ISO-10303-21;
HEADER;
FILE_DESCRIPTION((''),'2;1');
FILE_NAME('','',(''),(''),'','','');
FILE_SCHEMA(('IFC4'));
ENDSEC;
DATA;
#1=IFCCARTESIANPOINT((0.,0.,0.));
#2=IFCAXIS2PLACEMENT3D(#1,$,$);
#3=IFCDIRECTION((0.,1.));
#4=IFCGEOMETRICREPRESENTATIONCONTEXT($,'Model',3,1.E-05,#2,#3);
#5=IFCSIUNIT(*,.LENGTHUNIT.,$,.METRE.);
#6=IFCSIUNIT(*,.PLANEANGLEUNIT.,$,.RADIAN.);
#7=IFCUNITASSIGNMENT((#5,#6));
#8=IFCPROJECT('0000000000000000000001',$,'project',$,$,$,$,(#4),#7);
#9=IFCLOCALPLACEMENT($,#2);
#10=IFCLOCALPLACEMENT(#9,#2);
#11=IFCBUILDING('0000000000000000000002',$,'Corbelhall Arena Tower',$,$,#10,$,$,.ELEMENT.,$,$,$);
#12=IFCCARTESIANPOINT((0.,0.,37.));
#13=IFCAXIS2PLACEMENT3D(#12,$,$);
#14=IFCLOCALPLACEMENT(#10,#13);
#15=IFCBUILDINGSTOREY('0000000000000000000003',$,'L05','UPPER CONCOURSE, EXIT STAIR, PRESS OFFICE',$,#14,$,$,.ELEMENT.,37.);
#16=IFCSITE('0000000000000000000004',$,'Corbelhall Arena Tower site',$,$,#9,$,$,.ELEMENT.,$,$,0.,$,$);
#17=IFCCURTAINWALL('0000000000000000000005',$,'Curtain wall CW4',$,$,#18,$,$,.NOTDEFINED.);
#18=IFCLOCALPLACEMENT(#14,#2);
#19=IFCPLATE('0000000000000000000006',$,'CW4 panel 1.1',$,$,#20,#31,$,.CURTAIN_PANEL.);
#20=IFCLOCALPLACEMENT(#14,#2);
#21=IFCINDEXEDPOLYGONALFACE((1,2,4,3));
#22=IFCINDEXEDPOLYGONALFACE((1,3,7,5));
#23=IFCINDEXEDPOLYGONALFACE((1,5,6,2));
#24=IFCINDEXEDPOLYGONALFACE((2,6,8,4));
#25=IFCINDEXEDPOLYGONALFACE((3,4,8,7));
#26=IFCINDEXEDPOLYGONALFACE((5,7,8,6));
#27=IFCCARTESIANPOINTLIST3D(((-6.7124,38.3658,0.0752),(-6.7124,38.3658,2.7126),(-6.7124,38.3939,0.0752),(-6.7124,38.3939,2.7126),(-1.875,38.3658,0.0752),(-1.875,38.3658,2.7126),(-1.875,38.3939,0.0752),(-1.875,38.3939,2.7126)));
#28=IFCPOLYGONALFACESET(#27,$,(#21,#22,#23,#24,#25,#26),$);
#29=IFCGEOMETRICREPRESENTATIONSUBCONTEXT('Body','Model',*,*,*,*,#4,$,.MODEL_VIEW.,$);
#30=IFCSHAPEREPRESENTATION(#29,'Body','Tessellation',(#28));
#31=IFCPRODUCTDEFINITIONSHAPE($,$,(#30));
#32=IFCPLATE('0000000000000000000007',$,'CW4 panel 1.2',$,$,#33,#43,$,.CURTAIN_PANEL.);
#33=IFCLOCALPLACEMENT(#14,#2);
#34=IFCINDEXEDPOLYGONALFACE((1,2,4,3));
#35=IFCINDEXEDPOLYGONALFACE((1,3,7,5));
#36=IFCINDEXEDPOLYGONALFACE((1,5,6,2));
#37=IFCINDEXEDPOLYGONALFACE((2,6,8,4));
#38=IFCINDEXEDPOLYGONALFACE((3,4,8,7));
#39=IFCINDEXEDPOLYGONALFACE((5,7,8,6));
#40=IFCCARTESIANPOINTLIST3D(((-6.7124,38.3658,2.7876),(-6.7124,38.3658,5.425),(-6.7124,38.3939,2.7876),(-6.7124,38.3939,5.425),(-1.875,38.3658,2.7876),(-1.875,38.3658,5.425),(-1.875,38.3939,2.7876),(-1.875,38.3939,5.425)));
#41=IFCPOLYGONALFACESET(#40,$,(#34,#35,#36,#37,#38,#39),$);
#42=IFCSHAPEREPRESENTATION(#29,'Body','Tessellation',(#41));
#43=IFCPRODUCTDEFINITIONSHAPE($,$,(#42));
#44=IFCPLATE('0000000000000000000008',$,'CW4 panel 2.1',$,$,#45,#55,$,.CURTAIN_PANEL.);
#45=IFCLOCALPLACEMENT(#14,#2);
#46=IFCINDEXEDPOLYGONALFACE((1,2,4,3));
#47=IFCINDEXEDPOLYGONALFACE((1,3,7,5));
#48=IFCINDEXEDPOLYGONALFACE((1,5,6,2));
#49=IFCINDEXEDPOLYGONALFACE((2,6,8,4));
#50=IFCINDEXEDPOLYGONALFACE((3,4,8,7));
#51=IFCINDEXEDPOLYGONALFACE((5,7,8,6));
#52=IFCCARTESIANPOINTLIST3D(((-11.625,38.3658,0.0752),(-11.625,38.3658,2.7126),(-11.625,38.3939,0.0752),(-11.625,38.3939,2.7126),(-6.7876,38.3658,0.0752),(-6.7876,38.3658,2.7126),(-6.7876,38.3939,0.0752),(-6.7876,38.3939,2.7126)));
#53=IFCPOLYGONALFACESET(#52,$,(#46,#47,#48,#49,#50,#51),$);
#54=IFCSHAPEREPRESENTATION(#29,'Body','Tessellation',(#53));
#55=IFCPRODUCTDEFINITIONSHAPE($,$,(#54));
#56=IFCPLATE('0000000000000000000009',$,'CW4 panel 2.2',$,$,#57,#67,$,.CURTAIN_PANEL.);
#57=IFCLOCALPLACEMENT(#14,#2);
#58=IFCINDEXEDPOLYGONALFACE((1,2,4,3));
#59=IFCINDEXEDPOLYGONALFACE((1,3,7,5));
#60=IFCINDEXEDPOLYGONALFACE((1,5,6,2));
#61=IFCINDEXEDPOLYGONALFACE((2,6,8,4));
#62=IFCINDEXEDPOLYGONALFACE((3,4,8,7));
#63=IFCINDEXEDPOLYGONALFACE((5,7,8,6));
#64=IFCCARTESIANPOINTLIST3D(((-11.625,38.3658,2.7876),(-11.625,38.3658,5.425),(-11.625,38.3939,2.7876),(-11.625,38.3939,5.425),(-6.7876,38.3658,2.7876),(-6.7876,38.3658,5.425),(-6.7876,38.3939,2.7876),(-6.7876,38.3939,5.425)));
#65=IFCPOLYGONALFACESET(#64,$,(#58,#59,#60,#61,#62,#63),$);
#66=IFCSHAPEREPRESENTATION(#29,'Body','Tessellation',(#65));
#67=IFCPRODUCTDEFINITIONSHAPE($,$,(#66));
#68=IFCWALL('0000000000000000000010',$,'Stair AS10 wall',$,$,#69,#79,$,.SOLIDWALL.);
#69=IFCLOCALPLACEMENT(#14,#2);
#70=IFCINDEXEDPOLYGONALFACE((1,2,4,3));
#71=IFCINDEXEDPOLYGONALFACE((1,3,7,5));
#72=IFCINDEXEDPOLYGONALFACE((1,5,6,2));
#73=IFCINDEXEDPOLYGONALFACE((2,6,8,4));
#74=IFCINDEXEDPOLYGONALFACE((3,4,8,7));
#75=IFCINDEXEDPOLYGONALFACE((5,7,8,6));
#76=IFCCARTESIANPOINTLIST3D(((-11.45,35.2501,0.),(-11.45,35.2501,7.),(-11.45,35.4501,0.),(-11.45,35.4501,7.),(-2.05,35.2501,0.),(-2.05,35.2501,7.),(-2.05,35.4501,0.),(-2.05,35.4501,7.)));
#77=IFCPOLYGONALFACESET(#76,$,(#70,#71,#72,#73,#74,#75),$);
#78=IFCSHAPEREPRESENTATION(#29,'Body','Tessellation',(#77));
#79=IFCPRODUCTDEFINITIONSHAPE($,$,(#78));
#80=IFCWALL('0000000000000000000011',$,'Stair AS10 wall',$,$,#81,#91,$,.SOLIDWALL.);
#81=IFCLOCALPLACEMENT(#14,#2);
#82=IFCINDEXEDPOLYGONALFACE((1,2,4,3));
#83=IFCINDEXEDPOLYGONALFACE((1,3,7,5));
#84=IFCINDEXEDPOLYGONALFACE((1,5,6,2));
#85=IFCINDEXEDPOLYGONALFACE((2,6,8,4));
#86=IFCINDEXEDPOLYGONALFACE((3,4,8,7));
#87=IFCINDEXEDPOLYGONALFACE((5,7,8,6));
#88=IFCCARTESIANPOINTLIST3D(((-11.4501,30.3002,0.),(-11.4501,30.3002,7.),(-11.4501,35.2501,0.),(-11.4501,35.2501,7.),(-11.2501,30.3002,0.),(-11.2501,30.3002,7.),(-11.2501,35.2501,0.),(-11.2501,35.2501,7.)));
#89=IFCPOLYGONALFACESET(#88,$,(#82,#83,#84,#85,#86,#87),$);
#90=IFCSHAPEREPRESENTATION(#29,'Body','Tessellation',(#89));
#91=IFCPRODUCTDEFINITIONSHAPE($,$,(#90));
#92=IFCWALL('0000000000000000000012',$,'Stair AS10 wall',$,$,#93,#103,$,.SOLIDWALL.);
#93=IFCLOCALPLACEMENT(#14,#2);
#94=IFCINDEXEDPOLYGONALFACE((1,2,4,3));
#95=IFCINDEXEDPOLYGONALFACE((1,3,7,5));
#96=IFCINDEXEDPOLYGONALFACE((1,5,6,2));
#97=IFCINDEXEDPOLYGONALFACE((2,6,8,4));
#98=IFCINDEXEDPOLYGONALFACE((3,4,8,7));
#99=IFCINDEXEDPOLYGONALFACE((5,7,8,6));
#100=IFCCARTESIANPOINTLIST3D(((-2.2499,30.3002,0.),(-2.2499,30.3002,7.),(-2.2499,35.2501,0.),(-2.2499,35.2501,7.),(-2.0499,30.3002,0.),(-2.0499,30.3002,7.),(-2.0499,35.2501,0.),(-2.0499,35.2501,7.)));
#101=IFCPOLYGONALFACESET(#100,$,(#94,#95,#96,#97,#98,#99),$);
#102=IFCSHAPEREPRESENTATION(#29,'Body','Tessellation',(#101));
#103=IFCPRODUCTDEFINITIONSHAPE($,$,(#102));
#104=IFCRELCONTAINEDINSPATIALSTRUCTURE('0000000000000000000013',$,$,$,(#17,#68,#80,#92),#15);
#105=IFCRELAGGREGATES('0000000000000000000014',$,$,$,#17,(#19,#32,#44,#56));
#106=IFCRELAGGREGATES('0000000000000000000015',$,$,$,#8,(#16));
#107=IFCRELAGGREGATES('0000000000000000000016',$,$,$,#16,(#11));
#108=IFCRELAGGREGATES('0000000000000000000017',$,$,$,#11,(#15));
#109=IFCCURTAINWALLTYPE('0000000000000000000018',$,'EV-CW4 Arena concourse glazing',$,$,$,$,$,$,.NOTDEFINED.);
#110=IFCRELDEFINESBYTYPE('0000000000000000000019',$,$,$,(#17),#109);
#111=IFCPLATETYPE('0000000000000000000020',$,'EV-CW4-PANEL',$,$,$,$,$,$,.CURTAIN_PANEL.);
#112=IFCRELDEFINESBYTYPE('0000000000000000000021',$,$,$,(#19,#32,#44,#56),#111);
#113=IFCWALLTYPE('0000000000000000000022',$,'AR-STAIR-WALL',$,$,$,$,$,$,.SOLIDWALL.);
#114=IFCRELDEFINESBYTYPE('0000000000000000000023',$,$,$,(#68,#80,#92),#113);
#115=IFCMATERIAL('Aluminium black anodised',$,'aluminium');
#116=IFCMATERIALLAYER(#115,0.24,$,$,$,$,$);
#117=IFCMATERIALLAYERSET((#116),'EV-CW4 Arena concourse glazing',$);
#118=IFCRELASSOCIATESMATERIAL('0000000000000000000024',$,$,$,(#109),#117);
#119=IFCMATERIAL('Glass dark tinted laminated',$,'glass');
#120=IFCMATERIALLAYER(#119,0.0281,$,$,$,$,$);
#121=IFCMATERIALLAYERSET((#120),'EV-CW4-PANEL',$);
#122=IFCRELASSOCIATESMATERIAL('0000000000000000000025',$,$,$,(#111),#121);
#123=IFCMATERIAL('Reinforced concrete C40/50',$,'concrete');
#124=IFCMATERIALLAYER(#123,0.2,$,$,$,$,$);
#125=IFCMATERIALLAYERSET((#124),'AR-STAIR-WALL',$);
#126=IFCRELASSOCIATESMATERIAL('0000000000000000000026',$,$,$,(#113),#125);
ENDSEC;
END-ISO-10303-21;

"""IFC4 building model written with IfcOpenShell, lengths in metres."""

from ifc_helpers import new_model, si_unit, direction, frame, frame_2d, origin, origin_2d, place, context, subcontext, project, spatial, rectangle, extrude, material, layer, layer_set, type_object, element, aggregate, save


model = new_model("IFC4")

# Units and contexts
model_context = context("Model", 3, precision=1e-05, world=origin(), true_north=direction((0.0, 1.0)))
body_context = subcontext(model_context, "Body", "Model", "MODEL_VIEW")
ifc_project = project(units=[si_unit("LENGTHUNIT", "METRE"), si_unit("PLANEANGLEUNIT", "RADIAN")], contexts=[model_context])

# Site, building, storey
site_placement = place(None, origin())
site = spatial("IfcSite", under=ifc_project, at=site_placement, Name="Corbelhall Arena Tower site", CompositionType="ELEMENT", RefElevation=0.0)
building_placement = place(site_placement, origin())
building = spatial("IfcBuilding", under=site, at=building_placement, Name="Corbelhall Arena Tower", CompositionType="ELEMENT")
storey_placement = place(building_placement, frame((0.0, 0.0, 37.0)))
storey = spatial("IfcBuildingStorey", under=building, at=storey_placement, Name="L05", Description="UPPER CONCOURSE, EXIT STAIR, PRESS OFFICE", CompositionType="ELEMENT", Elevation=37.0)

# Curtain wall
ifc_material_1 = material(Name="Aluminium black anodised", Category="aluminium")
ifc_layer_1 = layer(ifc_material_1, 0.24)
ifc_layer_set_1 = layer_set([ifc_layer_1], Name="EV-CW4 Arena concourse glazing")
curtain_wall_type = type_object("IfcCurtainWallType", Name="EV-CW4 Arena concourse glazing", PredefinedType="NOTDEFINED", material=ifc_layer_set_1)
curtain_wall_1_placement = place(storey_placement, origin())
curtain_wall_1 = element("IfcCurtainWall", 1, at=curtain_wall_1_placement, inside=storey, type_object=curtain_wall_type, Name="Curtain wall CW4", PredefinedType="NOTDEFINED")

# Plates
ifc_material_2 = material(Name="Glass dark tinted laminated", Category="glass")
ifc_layer_2 = layer(ifc_material_2, 0.0281)
ifc_layer_set_2 = layer_set([ifc_layer_2], Name="EV-CW4-PANEL")
plate_type = type_object("IfcPlateType", Name="EV-CW4-PANEL", PredefinedType="CURTAIN_PANEL", material=ifc_layer_set_2)
plate_1_placement = place(storey_placement, frame((-4.2937, 38.3799, 0.0752), z_axis=(0.0, 0.0, 1.0), x_axis=(-1.0, 0.0, 0.0)))
plate_1 = element("IfcPlate", 2, at=plate_1_placement, type_object=plate_type, Name="CW4 panel 1.1", PredefinedType="CURTAIN_PANEL", context=body_context, shape_type="SweptSolid", body=[
    extrude(rectangle(XDim=4.8374, YDim=0.0281, at=origin_2d()), origin(), (0.0, 0.0, 1.0), 2.6375),
])
plate_2_placement = place(storey_placement, frame((-4.2937, 38.3799, 2.7876), z_axis=(0.0, 0.0, 1.0), x_axis=(-1.0, 0.0, 0.0)))
plate_2 = element("IfcPlate", 3, at=plate_2_placement, type_object=plate_type, Name="CW4 panel 1.2", PredefinedType="CURTAIN_PANEL", context=body_context, shape_type="SweptSolid", body=[
    extrude(rectangle(XDim=4.8374, YDim=0.0281, at=origin_2d()), origin(), (0.0, 0.0, 1.0), 2.6375),
])
plate_3_placement = place(storey_placement, frame((-9.2063, 38.3799, 0.0752), z_axis=(0.0, 0.0, 1.0), x_axis=(-1.0, 0.0, 0.0)))
plate_3 = element("IfcPlate", 4, at=plate_3_placement, type_object=plate_type, Name="CW4 panel 2.1", PredefinedType="CURTAIN_PANEL", context=body_context, shape_type="SweptSolid", body=[
    extrude(rectangle(XDim=4.8374, YDim=0.0281, at=origin_2d()), origin(), (0.0, 0.0, 1.0), 2.6375),
])
plate_4_placement = place(storey_placement, frame((-9.2063, 38.3799, 2.7876), z_axis=(0.0, 0.0, 1.0), x_axis=(-1.0, 0.0, 0.0)))
plate_4 = element("IfcPlate", 5, at=plate_4_placement, type_object=plate_type, Name="CW4 panel 2.2", PredefinedType="CURTAIN_PANEL", context=body_context, shape_type="SweptSolid", body=[
    extrude(rectangle(XDim=4.8374, YDim=0.0281, at=origin_2d()), origin(), (0.0, 0.0, 1.0), 2.6375),
])
aggregate(curtain_wall_1, [plate_1, plate_2, plate_3, plate_4])

# Shared definitions
ifc_material_3 = material(Name="Reinforced concrete C40/50", Category="concrete")
ifc_layer_3 = layer(ifc_material_3, 0.2)
ifc_layer_set_3 = layer_set([ifc_layer_3], Name="AR-STAIR-WALL")
wall_type = type_object("IfcWallType", Name="AR-STAIR-WALL", PredefinedType="SOLIDWALL", material=ifc_layer_set_3)

# Walls
wall_1_placement = place(storey_placement, frame((-11.45, 35.3501, 0.0), z_axis=(0.0, 0.0, 1.0), x_axis=(1.0, 0.0, 0.0)))
element("IfcWall", 6, at=wall_1_placement, inside=storey, type_object=wall_type, Name="Stair AS10 wall", PredefinedType="SOLIDWALL", context=body_context, shape_type="SweptSolid", body=[
    extrude(rectangle(XDim=9.3999, YDim=0.2, at=frame_2d((4.7, 0.0))), origin(), (0.0, 0.0, 1.0), 7.0),
])
for number, where, z_axis, x_axis, name in (
    (7, (-11.3501, 30.3, 0.0), (0.0, 0.0, 1.0), (0.0, 1.0, 0.0), "Stair AS10 wall"),
    (8, (-2.1499, 30.3, 0.0), (0.0, 0.0, 1.0), (0.0, 1.0, 0.0), "Stair AS10 wall"),
):
    element("IfcWall", number, at=place(storey_placement, frame(where, z_axis=z_axis, x_axis=x_axis)), inside=storey, type_object=wall_type, Name=name, PredefinedType="SOLIDWALL", context=body_context, shape_type="SweptSolid", body=[
        extrude(rectangle(XDim=4.95, YDim=0.2, at=frame_2d((2.4751, 0.0))), origin(), (0.0, 0.0, 1.0), 7.0),
    ])

save(model, "model.ifc")
